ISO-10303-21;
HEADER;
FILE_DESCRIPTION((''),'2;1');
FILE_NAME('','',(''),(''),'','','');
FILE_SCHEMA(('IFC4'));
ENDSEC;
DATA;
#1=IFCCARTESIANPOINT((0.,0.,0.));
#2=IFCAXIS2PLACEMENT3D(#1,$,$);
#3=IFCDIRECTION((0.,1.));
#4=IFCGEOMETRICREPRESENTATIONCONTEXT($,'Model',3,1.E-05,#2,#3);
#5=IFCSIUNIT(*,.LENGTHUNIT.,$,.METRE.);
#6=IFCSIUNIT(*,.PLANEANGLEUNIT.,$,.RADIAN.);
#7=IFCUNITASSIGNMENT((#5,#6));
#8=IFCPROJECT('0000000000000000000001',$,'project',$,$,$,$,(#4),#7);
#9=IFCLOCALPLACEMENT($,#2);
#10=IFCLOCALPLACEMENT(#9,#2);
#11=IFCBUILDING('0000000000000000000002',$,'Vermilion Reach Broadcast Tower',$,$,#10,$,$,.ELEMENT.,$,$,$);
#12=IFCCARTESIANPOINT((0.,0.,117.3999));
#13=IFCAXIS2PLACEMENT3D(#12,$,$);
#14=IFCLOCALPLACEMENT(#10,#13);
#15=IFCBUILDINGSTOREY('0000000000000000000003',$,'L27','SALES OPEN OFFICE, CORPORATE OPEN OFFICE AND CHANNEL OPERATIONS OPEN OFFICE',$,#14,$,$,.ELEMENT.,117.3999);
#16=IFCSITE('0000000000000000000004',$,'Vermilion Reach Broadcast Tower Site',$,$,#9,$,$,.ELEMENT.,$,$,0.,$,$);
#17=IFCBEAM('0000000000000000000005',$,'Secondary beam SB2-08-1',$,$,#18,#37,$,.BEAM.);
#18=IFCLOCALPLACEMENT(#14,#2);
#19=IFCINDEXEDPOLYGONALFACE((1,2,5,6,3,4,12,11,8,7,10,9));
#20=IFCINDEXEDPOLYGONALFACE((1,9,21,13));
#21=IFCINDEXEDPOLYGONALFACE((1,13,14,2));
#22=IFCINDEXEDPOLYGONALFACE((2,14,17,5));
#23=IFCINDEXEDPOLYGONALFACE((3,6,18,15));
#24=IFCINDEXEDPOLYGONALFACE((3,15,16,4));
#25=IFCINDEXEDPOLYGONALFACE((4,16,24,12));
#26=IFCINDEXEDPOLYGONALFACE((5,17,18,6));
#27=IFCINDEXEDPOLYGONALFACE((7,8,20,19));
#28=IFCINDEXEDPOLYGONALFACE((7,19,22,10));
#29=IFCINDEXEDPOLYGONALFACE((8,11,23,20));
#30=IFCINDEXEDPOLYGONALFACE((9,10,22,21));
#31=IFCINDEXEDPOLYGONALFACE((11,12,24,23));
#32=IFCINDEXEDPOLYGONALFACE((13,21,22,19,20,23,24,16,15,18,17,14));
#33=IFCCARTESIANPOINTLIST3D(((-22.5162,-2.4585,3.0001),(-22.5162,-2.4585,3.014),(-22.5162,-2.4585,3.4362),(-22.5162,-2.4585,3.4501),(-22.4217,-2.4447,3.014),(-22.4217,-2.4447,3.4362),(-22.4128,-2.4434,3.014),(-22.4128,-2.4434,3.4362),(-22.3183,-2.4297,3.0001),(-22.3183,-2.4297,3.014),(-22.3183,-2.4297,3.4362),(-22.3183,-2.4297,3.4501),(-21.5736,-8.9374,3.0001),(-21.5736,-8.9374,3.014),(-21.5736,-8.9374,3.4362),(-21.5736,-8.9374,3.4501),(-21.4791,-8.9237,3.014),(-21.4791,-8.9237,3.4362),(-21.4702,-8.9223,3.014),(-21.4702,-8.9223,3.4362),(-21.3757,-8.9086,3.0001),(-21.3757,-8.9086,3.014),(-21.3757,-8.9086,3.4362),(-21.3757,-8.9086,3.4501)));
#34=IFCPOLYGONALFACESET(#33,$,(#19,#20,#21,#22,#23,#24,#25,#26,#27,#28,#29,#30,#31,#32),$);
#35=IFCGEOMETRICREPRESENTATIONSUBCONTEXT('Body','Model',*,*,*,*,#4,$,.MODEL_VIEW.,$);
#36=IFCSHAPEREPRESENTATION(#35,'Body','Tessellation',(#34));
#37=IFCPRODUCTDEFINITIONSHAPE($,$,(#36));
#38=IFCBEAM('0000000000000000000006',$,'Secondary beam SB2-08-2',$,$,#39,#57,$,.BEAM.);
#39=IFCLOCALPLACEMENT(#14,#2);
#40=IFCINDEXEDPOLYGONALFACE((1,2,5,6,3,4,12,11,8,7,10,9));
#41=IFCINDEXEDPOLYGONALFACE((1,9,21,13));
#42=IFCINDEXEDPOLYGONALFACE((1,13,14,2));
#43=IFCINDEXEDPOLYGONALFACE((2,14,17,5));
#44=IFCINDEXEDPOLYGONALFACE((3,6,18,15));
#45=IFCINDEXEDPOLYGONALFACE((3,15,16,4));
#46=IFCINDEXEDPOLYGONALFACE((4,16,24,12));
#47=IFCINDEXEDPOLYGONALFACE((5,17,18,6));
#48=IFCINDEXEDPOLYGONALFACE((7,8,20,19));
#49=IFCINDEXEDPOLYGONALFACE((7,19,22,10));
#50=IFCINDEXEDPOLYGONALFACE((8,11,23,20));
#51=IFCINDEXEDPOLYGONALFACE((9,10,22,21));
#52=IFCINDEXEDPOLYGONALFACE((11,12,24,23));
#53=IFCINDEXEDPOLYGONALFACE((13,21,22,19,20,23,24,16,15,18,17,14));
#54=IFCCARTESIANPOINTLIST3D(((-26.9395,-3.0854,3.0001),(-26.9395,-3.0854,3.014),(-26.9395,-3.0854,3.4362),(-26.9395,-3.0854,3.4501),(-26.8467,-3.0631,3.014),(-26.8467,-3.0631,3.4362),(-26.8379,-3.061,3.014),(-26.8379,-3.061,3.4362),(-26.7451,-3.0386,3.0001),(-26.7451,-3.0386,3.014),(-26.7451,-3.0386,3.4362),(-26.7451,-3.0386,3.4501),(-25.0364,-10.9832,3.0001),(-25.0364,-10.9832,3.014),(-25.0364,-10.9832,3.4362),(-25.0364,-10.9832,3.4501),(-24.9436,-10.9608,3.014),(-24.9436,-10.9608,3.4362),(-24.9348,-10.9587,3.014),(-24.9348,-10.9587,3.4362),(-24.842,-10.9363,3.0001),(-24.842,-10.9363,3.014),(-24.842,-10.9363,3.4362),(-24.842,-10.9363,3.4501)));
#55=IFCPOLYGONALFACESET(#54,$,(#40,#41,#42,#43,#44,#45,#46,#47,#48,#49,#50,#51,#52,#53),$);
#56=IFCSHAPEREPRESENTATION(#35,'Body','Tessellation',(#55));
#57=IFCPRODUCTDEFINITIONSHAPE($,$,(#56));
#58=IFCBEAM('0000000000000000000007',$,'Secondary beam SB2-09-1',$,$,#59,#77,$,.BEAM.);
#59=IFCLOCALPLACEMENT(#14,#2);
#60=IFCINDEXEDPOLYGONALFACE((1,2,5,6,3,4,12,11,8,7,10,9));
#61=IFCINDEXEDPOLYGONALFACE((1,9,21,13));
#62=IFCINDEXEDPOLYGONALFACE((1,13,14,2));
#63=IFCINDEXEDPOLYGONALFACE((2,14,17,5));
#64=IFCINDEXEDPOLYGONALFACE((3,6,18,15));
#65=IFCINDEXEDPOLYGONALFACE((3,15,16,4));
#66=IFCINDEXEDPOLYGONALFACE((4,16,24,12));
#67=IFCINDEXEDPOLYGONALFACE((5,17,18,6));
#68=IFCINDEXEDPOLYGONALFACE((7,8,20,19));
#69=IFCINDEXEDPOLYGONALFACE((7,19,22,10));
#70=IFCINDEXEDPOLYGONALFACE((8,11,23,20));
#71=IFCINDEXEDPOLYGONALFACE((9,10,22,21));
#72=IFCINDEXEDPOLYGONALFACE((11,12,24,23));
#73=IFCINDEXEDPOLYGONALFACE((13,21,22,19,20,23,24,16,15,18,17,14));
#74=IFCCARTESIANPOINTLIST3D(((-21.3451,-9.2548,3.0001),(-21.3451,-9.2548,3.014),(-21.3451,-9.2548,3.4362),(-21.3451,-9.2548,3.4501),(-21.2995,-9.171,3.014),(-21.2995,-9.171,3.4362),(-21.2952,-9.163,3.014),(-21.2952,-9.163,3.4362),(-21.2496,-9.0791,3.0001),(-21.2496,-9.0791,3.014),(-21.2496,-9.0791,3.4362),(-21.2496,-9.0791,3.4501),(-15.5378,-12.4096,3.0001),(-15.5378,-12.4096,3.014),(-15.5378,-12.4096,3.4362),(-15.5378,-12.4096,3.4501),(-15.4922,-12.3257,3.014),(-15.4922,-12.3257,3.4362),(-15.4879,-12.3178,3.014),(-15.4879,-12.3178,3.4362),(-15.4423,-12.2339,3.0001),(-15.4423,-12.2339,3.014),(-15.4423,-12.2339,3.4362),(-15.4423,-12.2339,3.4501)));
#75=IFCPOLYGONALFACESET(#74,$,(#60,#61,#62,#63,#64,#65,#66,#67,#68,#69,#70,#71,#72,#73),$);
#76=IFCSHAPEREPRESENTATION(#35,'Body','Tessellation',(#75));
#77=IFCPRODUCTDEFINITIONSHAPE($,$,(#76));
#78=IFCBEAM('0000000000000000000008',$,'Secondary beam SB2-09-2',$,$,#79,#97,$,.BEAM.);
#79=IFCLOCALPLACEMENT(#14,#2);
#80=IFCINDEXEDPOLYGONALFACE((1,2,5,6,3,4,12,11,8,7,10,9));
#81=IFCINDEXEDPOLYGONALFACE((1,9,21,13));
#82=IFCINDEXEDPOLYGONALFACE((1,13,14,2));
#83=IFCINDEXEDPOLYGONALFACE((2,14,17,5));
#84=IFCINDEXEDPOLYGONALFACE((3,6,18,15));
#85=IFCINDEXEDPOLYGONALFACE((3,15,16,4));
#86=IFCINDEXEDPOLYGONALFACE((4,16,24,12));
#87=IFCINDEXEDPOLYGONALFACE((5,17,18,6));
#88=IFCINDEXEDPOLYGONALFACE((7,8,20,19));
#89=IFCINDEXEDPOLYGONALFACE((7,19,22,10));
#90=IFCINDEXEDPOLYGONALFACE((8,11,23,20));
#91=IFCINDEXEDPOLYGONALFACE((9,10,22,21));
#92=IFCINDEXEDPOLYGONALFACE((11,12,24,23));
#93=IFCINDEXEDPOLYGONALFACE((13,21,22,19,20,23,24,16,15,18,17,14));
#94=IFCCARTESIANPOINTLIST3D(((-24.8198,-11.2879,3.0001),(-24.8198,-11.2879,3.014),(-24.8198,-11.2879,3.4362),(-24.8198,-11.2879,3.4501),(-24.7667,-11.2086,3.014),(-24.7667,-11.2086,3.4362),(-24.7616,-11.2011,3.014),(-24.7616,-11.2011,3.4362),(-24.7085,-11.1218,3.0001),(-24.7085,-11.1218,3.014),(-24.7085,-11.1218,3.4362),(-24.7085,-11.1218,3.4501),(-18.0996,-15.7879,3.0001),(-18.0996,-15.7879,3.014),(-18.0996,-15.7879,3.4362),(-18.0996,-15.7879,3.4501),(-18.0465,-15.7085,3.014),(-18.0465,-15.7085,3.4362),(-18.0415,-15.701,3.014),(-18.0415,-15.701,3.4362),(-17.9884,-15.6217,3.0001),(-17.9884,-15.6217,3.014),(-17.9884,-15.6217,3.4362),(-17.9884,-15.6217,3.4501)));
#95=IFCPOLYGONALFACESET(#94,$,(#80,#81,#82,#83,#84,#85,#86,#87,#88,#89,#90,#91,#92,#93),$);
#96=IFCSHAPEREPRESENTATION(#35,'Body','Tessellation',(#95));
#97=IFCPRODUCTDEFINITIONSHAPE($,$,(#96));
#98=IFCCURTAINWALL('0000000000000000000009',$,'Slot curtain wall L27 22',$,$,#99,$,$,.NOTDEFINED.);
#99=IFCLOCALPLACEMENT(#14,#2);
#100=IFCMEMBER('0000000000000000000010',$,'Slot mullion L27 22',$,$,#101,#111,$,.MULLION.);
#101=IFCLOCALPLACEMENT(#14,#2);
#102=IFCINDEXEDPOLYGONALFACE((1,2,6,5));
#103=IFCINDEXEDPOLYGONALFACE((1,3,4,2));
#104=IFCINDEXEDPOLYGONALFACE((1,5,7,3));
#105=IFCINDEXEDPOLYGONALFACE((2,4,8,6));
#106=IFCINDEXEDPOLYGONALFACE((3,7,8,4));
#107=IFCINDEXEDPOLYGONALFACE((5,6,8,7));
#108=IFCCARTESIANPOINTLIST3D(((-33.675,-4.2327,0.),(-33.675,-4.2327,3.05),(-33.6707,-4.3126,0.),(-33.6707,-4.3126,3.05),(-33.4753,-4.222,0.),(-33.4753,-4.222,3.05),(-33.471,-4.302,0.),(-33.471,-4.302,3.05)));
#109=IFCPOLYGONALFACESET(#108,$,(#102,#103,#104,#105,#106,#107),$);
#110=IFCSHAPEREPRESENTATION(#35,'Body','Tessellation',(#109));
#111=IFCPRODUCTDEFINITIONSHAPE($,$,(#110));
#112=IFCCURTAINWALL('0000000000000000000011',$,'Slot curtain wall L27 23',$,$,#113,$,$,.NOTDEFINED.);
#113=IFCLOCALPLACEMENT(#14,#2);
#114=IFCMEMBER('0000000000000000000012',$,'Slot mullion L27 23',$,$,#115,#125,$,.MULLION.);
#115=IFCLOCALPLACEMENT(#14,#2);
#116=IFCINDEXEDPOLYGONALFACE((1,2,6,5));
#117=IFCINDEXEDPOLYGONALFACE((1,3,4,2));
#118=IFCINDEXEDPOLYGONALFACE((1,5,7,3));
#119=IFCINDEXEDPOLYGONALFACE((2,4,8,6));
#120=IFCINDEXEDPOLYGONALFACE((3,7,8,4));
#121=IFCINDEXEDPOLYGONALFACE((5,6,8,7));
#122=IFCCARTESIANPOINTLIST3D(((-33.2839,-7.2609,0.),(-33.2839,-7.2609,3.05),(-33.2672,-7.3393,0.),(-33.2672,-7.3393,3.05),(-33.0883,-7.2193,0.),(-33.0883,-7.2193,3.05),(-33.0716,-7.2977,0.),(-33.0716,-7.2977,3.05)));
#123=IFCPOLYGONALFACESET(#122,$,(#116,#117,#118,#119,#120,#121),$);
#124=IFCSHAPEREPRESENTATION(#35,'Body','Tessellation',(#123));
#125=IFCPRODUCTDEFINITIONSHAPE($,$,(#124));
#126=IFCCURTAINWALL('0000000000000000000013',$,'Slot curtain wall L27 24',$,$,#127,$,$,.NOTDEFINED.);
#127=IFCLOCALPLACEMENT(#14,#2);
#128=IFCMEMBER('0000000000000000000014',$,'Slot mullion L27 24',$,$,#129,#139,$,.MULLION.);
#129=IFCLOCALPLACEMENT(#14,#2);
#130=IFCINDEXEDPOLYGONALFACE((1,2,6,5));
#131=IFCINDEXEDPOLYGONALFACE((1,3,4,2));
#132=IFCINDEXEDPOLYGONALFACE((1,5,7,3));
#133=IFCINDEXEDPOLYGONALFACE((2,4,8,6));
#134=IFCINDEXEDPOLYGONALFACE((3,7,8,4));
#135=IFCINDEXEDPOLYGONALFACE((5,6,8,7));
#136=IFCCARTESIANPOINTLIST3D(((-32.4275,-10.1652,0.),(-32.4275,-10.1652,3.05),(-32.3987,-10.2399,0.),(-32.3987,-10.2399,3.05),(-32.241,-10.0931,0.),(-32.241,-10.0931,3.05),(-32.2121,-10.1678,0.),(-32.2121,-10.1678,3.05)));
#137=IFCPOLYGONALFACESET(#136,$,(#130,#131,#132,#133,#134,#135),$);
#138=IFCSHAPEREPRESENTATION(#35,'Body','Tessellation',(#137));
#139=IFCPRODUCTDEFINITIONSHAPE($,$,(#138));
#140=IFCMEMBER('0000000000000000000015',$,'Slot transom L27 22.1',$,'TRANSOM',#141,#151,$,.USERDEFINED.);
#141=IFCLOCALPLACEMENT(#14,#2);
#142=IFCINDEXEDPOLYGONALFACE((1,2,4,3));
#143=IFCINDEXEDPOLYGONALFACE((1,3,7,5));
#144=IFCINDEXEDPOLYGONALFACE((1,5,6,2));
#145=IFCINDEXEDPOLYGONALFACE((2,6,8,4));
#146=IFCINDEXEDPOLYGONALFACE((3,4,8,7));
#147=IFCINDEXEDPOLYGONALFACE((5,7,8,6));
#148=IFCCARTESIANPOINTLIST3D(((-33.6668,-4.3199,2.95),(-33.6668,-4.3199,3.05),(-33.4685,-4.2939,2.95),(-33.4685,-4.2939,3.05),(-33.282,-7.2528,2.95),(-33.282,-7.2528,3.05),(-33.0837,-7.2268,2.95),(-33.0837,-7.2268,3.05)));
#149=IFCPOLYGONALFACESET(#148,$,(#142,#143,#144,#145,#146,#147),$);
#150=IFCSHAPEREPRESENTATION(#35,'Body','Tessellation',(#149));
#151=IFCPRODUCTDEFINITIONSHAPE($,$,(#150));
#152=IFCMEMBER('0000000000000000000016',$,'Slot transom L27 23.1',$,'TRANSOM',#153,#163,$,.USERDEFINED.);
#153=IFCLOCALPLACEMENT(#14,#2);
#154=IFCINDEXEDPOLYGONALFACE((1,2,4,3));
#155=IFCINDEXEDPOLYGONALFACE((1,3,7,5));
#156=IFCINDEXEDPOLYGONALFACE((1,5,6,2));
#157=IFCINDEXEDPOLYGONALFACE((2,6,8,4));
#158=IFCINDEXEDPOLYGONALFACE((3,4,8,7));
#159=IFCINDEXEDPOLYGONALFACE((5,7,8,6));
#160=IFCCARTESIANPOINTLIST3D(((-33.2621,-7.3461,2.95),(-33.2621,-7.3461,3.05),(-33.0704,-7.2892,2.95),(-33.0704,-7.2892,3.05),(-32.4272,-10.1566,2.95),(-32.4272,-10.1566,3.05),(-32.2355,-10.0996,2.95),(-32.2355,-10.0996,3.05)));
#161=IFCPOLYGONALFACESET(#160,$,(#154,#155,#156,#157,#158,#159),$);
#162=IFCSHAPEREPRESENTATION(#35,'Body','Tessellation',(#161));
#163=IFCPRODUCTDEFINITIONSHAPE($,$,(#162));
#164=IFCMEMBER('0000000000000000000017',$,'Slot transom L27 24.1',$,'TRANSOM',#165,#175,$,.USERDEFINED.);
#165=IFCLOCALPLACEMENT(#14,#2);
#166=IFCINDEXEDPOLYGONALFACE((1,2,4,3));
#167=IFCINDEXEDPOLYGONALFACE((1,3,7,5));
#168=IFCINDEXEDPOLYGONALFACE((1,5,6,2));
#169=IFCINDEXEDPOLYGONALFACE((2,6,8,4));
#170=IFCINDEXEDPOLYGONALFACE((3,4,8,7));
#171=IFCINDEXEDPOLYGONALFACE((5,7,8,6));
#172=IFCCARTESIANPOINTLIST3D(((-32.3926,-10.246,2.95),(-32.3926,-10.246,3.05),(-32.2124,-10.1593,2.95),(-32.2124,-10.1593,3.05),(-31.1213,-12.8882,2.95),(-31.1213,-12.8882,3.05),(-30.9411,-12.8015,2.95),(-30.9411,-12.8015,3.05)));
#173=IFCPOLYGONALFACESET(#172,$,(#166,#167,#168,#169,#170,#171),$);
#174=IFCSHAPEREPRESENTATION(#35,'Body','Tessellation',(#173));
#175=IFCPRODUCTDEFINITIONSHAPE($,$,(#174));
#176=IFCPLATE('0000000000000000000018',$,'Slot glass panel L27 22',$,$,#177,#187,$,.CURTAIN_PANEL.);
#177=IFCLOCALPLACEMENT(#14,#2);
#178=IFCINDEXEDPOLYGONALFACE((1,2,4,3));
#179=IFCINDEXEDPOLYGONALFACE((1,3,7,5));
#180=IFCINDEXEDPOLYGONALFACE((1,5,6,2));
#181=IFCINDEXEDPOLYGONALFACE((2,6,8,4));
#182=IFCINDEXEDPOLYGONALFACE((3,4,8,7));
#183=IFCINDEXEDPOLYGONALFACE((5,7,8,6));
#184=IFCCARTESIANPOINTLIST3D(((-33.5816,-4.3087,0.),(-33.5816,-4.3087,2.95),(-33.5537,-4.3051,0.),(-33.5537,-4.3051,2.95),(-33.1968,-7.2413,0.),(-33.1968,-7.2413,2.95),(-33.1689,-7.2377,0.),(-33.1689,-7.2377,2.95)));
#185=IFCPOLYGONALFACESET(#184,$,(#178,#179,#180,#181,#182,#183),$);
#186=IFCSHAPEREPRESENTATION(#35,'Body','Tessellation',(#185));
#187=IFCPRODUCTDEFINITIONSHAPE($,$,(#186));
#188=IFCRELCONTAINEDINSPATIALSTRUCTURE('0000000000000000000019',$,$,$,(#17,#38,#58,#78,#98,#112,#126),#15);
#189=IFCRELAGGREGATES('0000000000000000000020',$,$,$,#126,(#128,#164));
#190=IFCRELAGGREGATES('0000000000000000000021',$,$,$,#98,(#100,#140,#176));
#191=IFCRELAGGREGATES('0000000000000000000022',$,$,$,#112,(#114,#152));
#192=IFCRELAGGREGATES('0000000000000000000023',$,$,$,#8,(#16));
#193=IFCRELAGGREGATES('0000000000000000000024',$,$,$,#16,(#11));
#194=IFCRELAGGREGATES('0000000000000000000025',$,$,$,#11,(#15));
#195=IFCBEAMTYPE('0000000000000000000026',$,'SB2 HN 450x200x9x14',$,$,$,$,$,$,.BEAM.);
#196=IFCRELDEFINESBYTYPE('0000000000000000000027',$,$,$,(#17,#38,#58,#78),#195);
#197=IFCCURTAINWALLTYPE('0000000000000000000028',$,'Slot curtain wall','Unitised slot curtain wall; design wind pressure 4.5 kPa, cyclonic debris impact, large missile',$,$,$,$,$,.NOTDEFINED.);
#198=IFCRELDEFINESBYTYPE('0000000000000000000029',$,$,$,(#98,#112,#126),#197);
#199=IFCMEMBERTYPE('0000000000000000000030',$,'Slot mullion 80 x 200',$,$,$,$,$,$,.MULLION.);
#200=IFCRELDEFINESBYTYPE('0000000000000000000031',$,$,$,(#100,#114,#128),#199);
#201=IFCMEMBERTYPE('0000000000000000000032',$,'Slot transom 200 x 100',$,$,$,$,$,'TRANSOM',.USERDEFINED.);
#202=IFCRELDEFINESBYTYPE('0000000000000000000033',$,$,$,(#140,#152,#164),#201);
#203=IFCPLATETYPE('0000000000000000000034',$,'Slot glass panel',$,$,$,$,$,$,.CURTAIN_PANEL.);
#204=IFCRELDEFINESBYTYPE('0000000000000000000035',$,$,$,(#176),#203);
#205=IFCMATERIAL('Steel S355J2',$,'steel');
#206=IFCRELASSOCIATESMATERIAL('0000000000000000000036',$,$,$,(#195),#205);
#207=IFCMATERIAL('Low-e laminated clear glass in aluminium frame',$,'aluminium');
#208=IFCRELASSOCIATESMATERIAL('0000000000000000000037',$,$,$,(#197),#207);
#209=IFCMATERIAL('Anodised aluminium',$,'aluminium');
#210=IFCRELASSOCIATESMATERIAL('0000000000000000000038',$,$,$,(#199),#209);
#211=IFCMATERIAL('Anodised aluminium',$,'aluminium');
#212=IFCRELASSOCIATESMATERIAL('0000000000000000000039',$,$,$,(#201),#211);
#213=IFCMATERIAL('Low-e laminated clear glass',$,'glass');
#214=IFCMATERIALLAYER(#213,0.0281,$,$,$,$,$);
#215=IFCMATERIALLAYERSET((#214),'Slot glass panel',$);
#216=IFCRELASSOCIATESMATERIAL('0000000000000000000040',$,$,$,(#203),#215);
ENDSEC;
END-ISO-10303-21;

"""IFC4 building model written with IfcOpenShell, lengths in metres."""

from ifc_helpers import new_model, si_unit, direction, frame, origin, origin_2d, place, context, subcontext, project, spatial, rectangle, i_section, extrude, material, layer, layer_set, material_profile, profile_set, type_object, element, aggregate, save


model = new_model("IFC4")

# Units and contexts
model_context = context("Model", 3, precision=1e-05, world=origin(), true_north=direction((0.0, 1.0)))
body_context = subcontext(model_context, "Body", "Model", "MODEL_VIEW")
ifc_project = project(units=[si_unit("LENGTHUNIT", "METRE"), si_unit("PLANEANGLEUNIT", "RADIAN")], contexts=[model_context])

# Site, building, storey
site_placement = place(None, origin())
site = spatial("IfcSite", under=ifc_project, at=site_placement, Name="Vermilion Reach Broadcast Tower Site", CompositionType="ELEMENT", RefElevation=0.0)
building_placement = place(site_placement, origin())
building = spatial("IfcBuilding", under=site, at=building_placement, Name="Vermilion Reach Broadcast Tower", CompositionType="ELEMENT")
storey_placement = place(building_placement, frame((0.0, 0.0, 117.3999)))
storey = spatial("IfcBuildingStorey", under=building, at=storey_placement, Name="L27", Description="SALES OPEN OFFICE, CORPORATE OPEN OFFICE AND CHANNEL OPERATIONS OPEN OFFICE", CompositionType="ELEMENT", Elevation=117.3999)

# Beams
ifc_material_1 = material(Name="Steel S355J2", Category="steel")
ifc_material_profile_1 = material_profile(ifc_material_1, i_section(OverallWidth=0.2, OverallDepth=0.45, WebThickness=0.009, FlangeThickness=0.0139, at=origin_2d()), Name="S355J2 HN 450x200x9x14")
ifc_profile_set_1 = profile_set([ifc_material_profile_1], Name="Steel S355J2")
beam_type_1 = type_object("IfcBeamType", Name="SB2 HN 450x200x9x14", PredefinedType="BEAM", material=ifc_profile_set_1)
beam_1_placement = place(storey_placement, frame((-22.4172, -2.4441, 3.2251), z_axis=(0.143974, -0.989582, 0.0), x_axis=(0.989582, 0.143974, 0.0)))
element("IfcBeam", 1, at=beam_1_placement, inside=storey, type_object=beam_type_1, Name="Secondary beam SB2-08-1", PredefinedType="BEAM", context=body_context, shape_type="SweptSolid", body=[
    extrude(i_section(OverallWidth=0.2, OverallDepth=0.45, WebThickness=0.009, FlangeThickness=0.0139, at=origin_2d()), origin(), (0.0, 0.0, 1.0), 6.5471),
])
beam_2_placement = place(storey_placement, frame((-26.8423, -3.062, 3.2251), z_axis=(0.234261, -0.972174, 0.0), x_axis=(0.972174, 0.234261, 0.0)))
element("IfcBeam", 2, at=beam_2_placement, inside=storey, type_object=beam_type_1, Name="Secondary beam SB2-08-2", PredefinedType="BEAM", context=body_context, shape_type="SweptSolid", body=[
    extrude(i_section(OverallWidth=0.2, OverallDepth=0.45, WebThickness=0.009, FlangeThickness=0.0139, at=origin_2d()), origin(), (0.0, 0.0, 1.0), 8.1238),
])
beam_3_placement = place(storey_placement, frame((-21.2974, -9.167, 3.2251), z_axis=(0.878713, -0.47735, 0.0), x_axis=(0.47735, 0.878713, 0.0)))
element("IfcBeam", 3, at=beam_3_placement, inside=storey, type_object=beam_type_1, Name="Secondary beam SB2-09-1", PredefinedType="BEAM", context=body_context, shape_type="SweptSolid", body=[
    extrude(i_section(OverallWidth=0.2, OverallDepth=0.45, WebThickness=0.009, FlangeThickness=0.0139, at=origin_2d()), origin(), (0.0, 0.0, 1.0), 6.6089),
])
beam_4_placement = place(storey_placement, frame((-24.7642, -11.2048, 3.2251), z_axis=(0.830915, -0.556399, 0.0), x_axis=(0.556399, 0.830915, 0.0)))
element("IfcBeam", 4, at=beam_4_placement, inside=storey, type_object=beam_type_1, Name="Secondary beam SB2-09-2", PredefinedType="BEAM", context=body_context, shape_type="SweptSolid", body=[
    extrude(i_section(OverallWidth=0.2, OverallDepth=0.45, WebThickness=0.009, FlangeThickness=0.0139, at=origin_2d()), origin(), (0.0, 0.0, 1.0), 8.0876),
])

# Curtain walls, members
ifc_material_2 = material(Name="Low-e laminated clear glass in aluminium frame", Category="aluminium")
curtain_wall_type = type_object("IfcCurtainWallType", Name="Slot curtain wall", Description="Unitised slot curtain wall; design wind pressure 4.5 kPa, cyclonic debris impact, large missile", PredefinedType="NOTDEFINED", material=ifc_material_2)
placement = place(storey_placement, origin())
curtain_wall_1 = element("IfcCurtainWall", 5, at=placement, inside=storey, type_object=curtain_wall_type, Name="Slot curtain wall L27 22", PredefinedType="NOTDEFINED")
ifc_material_3 = material(Name="Anodised aluminium", Category="aluminium")
ifc_material_profile_2 = material_profile(ifc_material_3, rectangle(XDim=0.2, YDim=0.0801, at=origin_2d()), Name="Slot mullion 80 x 200")
ifc_profile_set_2 = profile_set([ifc_material_profile_2], Name="Anodised aluminium")
member_type_1 = type_object("IfcMemberType", Name="Slot mullion 80 x 200", PredefinedType="MULLION", material=ifc_profile_set_2)
member_1_placement = place(storey_placement, frame((-33.573, -4.2673, 0.0), z_axis=(0.0, 0.0, 1.0), x_axis=(0.998587, 0.053147, 0.0)))
member_1 = element("IfcMember", 6, at=member_1_placement, type_object=member_type_1, Name="Slot mullion L27 22", PredefinedType="MULLION", context=body_context, shape_type="SweptSolid", body=[
    extrude(rectangle(XDim=0.2, YDim=0.0801, at=origin_2d()), origin(), (0.0, 0.0, 1.0), 3.05),
])
curtain_wall_2 = element("IfcCurtainWall", 7, at=placement, inside=storey, type_object=curtain_wall_type, Name="Slot curtain wall L27 23", PredefinedType="NOTDEFINED")
member_2_placement = place(storey_placement, frame((-33.1777, -7.2793, 0.0), z_axis=(0.0, 0.0, 1.0), x_axis=(0.978107, 0.208102, 0.0)))
member_2 = element("IfcMember", 8, at=member_2_placement, type_object=member_type_1, Name="Slot mullion L27 23", PredefinedType="MULLION", context=body_context, shape_type="SweptSolid", body=[
    extrude(rectangle(XDim=0.2, YDim=0.0801, at=origin_2d()), origin(), (0.0, 0.0, 1.0), 3.05),
])
curtain_wall_3 = element("IfcCurtainWall", 9, at=placement, inside=storey, type_object=curtain_wall_type, Name="Slot curtain wall L27 24", PredefinedType="NOTDEFINED")
member_3_placement = place(storey_placement, frame((-32.3198, -10.1665, 0.0), z_axis=(0.0, 0.0, 1.0), x_axis=(0.932828, 0.360323, 0.0)))
member_3 = element("IfcMember", 10, at=member_3_placement, type_object=member_type_1, Name="Slot mullion L27 24", PredefinedType="MULLION", context=body_context, shape_type="SweptSolid", body=[
    extrude(rectangle(XDim=0.2, YDim=0.0801, at=origin_2d()), origin(), (0.0, 0.0, 1.0), 3.05),
])

# Members
ifc_material_4 = material(Name="Anodised aluminium", Category="aluminium")
ifc_material_profile_3 = material_profile(ifc_material_4, rectangle(XDim=0.2, YDim=0.1001, at=origin_2d()), Name="Slot transom 200 x 100")
ifc_profile_set_3 = profile_set([ifc_material_profile_3], Name="Anodised aluminium")
member_type_2 = type_object("IfcMemberType", Name="Slot transom 200 x 100", ElementType="TRANSOM", PredefinedType="USERDEFINED", material=ifc_profile_set_3)
member_4_placement = place(storey_placement, frame((-33.5676, -4.3069, 3.0), z_axis=(0.130077, -0.991504, 0.0), x_axis=(0.991504, 0.130077, 0.0)))
member_4 = element("IfcMember", 11, at=member_4_placement, type_object=member_type_2, Name="Slot transom L27 22.1", ObjectType="TRANSOM", PredefinedType="USERDEFINED", context=body_context, shape_type="SweptSolid", body=[
    extrude(rectangle(XDim=0.2, YDim=0.1001, at=origin_2d()), origin(), (0.0, 0.0, 1.0), 2.958),
])
member_5_placement = place(storey_placement, frame((-33.1663, -7.3176, 3.0), z_axis=(0.28478, -0.958593, 0.0), x_axis=(0.958593, 0.28478, 0.0)))
member_5 = element("IfcMember", 12, at=member_5_placement, type_object=member_type_2, Name="Slot transom L27 23.1", ObjectType="TRANSOM", PredefinedType="USERDEFINED", context=body_context, shape_type="SweptSolid", body=[
    extrude(rectangle(XDim=0.2, YDim=0.1001, at=origin_2d()), origin(), (0.0, 0.0, 1.0), 2.9319),
])
member_6_placement = place(storey_placement, frame((-32.3025, -10.2026, 3.0), z_axis=(0.433573, -0.901119, 0.0), x_axis=(0.901119, 0.433573, 0.0)))
member_6 = element("IfcMember", 13, at=member_6_placement, type_object=member_type_2, Name="Slot transom L27 24.1", ObjectType="TRANSOM", PredefinedType="USERDEFINED", context=body_context, shape_type="SweptSolid", body=[
    extrude(rectangle(XDim=0.2, YDim=0.1001, at=origin_2d()), origin(), (0.0, 0.0, 1.0), 2.9321),
])
aggregate(curtain_wall_3, [member_3, member_6])

# Plate
ifc_material_5 = material(Name="Low-e laminated clear glass", Category="glass")
ifc_layer_1 = layer(ifc_material_5, 0.0281)
ifc_layer_set_1 = layer_set([ifc_layer_1], Name="Slot glass panel")
plate_type = type_object("IfcPlateType", Name="Slot glass panel", PredefinedType="CURTAIN_PANEL", material=ifc_layer_set_1)
plate_1_placement = place(storey_placement, frame((-33.3752, -5.7732, 0.0), z_axis=(0.0, 0.0, 1.0), x_axis=(0.130102, -0.991501, 0.0)))
plate_1 = element("IfcPlate", 14, at=plate_1_placement, type_object=plate_type, Name="Slot glass panel L27 22", PredefinedType="CURTAIN_PANEL", context=body_context, shape_type="SweptSolid", body=[
    extrude(rectangle(XDim=2.9578, YDim=0.0281, at=origin_2d()), origin(), (0.0, 0.0, 1.0), 2.95),
])
aggregate(curtain_wall_1, [member_1, member_4, plate_1])
aggregate(curtain_wall_2, [member_2, member_5])

save(model, "model.ifc")
